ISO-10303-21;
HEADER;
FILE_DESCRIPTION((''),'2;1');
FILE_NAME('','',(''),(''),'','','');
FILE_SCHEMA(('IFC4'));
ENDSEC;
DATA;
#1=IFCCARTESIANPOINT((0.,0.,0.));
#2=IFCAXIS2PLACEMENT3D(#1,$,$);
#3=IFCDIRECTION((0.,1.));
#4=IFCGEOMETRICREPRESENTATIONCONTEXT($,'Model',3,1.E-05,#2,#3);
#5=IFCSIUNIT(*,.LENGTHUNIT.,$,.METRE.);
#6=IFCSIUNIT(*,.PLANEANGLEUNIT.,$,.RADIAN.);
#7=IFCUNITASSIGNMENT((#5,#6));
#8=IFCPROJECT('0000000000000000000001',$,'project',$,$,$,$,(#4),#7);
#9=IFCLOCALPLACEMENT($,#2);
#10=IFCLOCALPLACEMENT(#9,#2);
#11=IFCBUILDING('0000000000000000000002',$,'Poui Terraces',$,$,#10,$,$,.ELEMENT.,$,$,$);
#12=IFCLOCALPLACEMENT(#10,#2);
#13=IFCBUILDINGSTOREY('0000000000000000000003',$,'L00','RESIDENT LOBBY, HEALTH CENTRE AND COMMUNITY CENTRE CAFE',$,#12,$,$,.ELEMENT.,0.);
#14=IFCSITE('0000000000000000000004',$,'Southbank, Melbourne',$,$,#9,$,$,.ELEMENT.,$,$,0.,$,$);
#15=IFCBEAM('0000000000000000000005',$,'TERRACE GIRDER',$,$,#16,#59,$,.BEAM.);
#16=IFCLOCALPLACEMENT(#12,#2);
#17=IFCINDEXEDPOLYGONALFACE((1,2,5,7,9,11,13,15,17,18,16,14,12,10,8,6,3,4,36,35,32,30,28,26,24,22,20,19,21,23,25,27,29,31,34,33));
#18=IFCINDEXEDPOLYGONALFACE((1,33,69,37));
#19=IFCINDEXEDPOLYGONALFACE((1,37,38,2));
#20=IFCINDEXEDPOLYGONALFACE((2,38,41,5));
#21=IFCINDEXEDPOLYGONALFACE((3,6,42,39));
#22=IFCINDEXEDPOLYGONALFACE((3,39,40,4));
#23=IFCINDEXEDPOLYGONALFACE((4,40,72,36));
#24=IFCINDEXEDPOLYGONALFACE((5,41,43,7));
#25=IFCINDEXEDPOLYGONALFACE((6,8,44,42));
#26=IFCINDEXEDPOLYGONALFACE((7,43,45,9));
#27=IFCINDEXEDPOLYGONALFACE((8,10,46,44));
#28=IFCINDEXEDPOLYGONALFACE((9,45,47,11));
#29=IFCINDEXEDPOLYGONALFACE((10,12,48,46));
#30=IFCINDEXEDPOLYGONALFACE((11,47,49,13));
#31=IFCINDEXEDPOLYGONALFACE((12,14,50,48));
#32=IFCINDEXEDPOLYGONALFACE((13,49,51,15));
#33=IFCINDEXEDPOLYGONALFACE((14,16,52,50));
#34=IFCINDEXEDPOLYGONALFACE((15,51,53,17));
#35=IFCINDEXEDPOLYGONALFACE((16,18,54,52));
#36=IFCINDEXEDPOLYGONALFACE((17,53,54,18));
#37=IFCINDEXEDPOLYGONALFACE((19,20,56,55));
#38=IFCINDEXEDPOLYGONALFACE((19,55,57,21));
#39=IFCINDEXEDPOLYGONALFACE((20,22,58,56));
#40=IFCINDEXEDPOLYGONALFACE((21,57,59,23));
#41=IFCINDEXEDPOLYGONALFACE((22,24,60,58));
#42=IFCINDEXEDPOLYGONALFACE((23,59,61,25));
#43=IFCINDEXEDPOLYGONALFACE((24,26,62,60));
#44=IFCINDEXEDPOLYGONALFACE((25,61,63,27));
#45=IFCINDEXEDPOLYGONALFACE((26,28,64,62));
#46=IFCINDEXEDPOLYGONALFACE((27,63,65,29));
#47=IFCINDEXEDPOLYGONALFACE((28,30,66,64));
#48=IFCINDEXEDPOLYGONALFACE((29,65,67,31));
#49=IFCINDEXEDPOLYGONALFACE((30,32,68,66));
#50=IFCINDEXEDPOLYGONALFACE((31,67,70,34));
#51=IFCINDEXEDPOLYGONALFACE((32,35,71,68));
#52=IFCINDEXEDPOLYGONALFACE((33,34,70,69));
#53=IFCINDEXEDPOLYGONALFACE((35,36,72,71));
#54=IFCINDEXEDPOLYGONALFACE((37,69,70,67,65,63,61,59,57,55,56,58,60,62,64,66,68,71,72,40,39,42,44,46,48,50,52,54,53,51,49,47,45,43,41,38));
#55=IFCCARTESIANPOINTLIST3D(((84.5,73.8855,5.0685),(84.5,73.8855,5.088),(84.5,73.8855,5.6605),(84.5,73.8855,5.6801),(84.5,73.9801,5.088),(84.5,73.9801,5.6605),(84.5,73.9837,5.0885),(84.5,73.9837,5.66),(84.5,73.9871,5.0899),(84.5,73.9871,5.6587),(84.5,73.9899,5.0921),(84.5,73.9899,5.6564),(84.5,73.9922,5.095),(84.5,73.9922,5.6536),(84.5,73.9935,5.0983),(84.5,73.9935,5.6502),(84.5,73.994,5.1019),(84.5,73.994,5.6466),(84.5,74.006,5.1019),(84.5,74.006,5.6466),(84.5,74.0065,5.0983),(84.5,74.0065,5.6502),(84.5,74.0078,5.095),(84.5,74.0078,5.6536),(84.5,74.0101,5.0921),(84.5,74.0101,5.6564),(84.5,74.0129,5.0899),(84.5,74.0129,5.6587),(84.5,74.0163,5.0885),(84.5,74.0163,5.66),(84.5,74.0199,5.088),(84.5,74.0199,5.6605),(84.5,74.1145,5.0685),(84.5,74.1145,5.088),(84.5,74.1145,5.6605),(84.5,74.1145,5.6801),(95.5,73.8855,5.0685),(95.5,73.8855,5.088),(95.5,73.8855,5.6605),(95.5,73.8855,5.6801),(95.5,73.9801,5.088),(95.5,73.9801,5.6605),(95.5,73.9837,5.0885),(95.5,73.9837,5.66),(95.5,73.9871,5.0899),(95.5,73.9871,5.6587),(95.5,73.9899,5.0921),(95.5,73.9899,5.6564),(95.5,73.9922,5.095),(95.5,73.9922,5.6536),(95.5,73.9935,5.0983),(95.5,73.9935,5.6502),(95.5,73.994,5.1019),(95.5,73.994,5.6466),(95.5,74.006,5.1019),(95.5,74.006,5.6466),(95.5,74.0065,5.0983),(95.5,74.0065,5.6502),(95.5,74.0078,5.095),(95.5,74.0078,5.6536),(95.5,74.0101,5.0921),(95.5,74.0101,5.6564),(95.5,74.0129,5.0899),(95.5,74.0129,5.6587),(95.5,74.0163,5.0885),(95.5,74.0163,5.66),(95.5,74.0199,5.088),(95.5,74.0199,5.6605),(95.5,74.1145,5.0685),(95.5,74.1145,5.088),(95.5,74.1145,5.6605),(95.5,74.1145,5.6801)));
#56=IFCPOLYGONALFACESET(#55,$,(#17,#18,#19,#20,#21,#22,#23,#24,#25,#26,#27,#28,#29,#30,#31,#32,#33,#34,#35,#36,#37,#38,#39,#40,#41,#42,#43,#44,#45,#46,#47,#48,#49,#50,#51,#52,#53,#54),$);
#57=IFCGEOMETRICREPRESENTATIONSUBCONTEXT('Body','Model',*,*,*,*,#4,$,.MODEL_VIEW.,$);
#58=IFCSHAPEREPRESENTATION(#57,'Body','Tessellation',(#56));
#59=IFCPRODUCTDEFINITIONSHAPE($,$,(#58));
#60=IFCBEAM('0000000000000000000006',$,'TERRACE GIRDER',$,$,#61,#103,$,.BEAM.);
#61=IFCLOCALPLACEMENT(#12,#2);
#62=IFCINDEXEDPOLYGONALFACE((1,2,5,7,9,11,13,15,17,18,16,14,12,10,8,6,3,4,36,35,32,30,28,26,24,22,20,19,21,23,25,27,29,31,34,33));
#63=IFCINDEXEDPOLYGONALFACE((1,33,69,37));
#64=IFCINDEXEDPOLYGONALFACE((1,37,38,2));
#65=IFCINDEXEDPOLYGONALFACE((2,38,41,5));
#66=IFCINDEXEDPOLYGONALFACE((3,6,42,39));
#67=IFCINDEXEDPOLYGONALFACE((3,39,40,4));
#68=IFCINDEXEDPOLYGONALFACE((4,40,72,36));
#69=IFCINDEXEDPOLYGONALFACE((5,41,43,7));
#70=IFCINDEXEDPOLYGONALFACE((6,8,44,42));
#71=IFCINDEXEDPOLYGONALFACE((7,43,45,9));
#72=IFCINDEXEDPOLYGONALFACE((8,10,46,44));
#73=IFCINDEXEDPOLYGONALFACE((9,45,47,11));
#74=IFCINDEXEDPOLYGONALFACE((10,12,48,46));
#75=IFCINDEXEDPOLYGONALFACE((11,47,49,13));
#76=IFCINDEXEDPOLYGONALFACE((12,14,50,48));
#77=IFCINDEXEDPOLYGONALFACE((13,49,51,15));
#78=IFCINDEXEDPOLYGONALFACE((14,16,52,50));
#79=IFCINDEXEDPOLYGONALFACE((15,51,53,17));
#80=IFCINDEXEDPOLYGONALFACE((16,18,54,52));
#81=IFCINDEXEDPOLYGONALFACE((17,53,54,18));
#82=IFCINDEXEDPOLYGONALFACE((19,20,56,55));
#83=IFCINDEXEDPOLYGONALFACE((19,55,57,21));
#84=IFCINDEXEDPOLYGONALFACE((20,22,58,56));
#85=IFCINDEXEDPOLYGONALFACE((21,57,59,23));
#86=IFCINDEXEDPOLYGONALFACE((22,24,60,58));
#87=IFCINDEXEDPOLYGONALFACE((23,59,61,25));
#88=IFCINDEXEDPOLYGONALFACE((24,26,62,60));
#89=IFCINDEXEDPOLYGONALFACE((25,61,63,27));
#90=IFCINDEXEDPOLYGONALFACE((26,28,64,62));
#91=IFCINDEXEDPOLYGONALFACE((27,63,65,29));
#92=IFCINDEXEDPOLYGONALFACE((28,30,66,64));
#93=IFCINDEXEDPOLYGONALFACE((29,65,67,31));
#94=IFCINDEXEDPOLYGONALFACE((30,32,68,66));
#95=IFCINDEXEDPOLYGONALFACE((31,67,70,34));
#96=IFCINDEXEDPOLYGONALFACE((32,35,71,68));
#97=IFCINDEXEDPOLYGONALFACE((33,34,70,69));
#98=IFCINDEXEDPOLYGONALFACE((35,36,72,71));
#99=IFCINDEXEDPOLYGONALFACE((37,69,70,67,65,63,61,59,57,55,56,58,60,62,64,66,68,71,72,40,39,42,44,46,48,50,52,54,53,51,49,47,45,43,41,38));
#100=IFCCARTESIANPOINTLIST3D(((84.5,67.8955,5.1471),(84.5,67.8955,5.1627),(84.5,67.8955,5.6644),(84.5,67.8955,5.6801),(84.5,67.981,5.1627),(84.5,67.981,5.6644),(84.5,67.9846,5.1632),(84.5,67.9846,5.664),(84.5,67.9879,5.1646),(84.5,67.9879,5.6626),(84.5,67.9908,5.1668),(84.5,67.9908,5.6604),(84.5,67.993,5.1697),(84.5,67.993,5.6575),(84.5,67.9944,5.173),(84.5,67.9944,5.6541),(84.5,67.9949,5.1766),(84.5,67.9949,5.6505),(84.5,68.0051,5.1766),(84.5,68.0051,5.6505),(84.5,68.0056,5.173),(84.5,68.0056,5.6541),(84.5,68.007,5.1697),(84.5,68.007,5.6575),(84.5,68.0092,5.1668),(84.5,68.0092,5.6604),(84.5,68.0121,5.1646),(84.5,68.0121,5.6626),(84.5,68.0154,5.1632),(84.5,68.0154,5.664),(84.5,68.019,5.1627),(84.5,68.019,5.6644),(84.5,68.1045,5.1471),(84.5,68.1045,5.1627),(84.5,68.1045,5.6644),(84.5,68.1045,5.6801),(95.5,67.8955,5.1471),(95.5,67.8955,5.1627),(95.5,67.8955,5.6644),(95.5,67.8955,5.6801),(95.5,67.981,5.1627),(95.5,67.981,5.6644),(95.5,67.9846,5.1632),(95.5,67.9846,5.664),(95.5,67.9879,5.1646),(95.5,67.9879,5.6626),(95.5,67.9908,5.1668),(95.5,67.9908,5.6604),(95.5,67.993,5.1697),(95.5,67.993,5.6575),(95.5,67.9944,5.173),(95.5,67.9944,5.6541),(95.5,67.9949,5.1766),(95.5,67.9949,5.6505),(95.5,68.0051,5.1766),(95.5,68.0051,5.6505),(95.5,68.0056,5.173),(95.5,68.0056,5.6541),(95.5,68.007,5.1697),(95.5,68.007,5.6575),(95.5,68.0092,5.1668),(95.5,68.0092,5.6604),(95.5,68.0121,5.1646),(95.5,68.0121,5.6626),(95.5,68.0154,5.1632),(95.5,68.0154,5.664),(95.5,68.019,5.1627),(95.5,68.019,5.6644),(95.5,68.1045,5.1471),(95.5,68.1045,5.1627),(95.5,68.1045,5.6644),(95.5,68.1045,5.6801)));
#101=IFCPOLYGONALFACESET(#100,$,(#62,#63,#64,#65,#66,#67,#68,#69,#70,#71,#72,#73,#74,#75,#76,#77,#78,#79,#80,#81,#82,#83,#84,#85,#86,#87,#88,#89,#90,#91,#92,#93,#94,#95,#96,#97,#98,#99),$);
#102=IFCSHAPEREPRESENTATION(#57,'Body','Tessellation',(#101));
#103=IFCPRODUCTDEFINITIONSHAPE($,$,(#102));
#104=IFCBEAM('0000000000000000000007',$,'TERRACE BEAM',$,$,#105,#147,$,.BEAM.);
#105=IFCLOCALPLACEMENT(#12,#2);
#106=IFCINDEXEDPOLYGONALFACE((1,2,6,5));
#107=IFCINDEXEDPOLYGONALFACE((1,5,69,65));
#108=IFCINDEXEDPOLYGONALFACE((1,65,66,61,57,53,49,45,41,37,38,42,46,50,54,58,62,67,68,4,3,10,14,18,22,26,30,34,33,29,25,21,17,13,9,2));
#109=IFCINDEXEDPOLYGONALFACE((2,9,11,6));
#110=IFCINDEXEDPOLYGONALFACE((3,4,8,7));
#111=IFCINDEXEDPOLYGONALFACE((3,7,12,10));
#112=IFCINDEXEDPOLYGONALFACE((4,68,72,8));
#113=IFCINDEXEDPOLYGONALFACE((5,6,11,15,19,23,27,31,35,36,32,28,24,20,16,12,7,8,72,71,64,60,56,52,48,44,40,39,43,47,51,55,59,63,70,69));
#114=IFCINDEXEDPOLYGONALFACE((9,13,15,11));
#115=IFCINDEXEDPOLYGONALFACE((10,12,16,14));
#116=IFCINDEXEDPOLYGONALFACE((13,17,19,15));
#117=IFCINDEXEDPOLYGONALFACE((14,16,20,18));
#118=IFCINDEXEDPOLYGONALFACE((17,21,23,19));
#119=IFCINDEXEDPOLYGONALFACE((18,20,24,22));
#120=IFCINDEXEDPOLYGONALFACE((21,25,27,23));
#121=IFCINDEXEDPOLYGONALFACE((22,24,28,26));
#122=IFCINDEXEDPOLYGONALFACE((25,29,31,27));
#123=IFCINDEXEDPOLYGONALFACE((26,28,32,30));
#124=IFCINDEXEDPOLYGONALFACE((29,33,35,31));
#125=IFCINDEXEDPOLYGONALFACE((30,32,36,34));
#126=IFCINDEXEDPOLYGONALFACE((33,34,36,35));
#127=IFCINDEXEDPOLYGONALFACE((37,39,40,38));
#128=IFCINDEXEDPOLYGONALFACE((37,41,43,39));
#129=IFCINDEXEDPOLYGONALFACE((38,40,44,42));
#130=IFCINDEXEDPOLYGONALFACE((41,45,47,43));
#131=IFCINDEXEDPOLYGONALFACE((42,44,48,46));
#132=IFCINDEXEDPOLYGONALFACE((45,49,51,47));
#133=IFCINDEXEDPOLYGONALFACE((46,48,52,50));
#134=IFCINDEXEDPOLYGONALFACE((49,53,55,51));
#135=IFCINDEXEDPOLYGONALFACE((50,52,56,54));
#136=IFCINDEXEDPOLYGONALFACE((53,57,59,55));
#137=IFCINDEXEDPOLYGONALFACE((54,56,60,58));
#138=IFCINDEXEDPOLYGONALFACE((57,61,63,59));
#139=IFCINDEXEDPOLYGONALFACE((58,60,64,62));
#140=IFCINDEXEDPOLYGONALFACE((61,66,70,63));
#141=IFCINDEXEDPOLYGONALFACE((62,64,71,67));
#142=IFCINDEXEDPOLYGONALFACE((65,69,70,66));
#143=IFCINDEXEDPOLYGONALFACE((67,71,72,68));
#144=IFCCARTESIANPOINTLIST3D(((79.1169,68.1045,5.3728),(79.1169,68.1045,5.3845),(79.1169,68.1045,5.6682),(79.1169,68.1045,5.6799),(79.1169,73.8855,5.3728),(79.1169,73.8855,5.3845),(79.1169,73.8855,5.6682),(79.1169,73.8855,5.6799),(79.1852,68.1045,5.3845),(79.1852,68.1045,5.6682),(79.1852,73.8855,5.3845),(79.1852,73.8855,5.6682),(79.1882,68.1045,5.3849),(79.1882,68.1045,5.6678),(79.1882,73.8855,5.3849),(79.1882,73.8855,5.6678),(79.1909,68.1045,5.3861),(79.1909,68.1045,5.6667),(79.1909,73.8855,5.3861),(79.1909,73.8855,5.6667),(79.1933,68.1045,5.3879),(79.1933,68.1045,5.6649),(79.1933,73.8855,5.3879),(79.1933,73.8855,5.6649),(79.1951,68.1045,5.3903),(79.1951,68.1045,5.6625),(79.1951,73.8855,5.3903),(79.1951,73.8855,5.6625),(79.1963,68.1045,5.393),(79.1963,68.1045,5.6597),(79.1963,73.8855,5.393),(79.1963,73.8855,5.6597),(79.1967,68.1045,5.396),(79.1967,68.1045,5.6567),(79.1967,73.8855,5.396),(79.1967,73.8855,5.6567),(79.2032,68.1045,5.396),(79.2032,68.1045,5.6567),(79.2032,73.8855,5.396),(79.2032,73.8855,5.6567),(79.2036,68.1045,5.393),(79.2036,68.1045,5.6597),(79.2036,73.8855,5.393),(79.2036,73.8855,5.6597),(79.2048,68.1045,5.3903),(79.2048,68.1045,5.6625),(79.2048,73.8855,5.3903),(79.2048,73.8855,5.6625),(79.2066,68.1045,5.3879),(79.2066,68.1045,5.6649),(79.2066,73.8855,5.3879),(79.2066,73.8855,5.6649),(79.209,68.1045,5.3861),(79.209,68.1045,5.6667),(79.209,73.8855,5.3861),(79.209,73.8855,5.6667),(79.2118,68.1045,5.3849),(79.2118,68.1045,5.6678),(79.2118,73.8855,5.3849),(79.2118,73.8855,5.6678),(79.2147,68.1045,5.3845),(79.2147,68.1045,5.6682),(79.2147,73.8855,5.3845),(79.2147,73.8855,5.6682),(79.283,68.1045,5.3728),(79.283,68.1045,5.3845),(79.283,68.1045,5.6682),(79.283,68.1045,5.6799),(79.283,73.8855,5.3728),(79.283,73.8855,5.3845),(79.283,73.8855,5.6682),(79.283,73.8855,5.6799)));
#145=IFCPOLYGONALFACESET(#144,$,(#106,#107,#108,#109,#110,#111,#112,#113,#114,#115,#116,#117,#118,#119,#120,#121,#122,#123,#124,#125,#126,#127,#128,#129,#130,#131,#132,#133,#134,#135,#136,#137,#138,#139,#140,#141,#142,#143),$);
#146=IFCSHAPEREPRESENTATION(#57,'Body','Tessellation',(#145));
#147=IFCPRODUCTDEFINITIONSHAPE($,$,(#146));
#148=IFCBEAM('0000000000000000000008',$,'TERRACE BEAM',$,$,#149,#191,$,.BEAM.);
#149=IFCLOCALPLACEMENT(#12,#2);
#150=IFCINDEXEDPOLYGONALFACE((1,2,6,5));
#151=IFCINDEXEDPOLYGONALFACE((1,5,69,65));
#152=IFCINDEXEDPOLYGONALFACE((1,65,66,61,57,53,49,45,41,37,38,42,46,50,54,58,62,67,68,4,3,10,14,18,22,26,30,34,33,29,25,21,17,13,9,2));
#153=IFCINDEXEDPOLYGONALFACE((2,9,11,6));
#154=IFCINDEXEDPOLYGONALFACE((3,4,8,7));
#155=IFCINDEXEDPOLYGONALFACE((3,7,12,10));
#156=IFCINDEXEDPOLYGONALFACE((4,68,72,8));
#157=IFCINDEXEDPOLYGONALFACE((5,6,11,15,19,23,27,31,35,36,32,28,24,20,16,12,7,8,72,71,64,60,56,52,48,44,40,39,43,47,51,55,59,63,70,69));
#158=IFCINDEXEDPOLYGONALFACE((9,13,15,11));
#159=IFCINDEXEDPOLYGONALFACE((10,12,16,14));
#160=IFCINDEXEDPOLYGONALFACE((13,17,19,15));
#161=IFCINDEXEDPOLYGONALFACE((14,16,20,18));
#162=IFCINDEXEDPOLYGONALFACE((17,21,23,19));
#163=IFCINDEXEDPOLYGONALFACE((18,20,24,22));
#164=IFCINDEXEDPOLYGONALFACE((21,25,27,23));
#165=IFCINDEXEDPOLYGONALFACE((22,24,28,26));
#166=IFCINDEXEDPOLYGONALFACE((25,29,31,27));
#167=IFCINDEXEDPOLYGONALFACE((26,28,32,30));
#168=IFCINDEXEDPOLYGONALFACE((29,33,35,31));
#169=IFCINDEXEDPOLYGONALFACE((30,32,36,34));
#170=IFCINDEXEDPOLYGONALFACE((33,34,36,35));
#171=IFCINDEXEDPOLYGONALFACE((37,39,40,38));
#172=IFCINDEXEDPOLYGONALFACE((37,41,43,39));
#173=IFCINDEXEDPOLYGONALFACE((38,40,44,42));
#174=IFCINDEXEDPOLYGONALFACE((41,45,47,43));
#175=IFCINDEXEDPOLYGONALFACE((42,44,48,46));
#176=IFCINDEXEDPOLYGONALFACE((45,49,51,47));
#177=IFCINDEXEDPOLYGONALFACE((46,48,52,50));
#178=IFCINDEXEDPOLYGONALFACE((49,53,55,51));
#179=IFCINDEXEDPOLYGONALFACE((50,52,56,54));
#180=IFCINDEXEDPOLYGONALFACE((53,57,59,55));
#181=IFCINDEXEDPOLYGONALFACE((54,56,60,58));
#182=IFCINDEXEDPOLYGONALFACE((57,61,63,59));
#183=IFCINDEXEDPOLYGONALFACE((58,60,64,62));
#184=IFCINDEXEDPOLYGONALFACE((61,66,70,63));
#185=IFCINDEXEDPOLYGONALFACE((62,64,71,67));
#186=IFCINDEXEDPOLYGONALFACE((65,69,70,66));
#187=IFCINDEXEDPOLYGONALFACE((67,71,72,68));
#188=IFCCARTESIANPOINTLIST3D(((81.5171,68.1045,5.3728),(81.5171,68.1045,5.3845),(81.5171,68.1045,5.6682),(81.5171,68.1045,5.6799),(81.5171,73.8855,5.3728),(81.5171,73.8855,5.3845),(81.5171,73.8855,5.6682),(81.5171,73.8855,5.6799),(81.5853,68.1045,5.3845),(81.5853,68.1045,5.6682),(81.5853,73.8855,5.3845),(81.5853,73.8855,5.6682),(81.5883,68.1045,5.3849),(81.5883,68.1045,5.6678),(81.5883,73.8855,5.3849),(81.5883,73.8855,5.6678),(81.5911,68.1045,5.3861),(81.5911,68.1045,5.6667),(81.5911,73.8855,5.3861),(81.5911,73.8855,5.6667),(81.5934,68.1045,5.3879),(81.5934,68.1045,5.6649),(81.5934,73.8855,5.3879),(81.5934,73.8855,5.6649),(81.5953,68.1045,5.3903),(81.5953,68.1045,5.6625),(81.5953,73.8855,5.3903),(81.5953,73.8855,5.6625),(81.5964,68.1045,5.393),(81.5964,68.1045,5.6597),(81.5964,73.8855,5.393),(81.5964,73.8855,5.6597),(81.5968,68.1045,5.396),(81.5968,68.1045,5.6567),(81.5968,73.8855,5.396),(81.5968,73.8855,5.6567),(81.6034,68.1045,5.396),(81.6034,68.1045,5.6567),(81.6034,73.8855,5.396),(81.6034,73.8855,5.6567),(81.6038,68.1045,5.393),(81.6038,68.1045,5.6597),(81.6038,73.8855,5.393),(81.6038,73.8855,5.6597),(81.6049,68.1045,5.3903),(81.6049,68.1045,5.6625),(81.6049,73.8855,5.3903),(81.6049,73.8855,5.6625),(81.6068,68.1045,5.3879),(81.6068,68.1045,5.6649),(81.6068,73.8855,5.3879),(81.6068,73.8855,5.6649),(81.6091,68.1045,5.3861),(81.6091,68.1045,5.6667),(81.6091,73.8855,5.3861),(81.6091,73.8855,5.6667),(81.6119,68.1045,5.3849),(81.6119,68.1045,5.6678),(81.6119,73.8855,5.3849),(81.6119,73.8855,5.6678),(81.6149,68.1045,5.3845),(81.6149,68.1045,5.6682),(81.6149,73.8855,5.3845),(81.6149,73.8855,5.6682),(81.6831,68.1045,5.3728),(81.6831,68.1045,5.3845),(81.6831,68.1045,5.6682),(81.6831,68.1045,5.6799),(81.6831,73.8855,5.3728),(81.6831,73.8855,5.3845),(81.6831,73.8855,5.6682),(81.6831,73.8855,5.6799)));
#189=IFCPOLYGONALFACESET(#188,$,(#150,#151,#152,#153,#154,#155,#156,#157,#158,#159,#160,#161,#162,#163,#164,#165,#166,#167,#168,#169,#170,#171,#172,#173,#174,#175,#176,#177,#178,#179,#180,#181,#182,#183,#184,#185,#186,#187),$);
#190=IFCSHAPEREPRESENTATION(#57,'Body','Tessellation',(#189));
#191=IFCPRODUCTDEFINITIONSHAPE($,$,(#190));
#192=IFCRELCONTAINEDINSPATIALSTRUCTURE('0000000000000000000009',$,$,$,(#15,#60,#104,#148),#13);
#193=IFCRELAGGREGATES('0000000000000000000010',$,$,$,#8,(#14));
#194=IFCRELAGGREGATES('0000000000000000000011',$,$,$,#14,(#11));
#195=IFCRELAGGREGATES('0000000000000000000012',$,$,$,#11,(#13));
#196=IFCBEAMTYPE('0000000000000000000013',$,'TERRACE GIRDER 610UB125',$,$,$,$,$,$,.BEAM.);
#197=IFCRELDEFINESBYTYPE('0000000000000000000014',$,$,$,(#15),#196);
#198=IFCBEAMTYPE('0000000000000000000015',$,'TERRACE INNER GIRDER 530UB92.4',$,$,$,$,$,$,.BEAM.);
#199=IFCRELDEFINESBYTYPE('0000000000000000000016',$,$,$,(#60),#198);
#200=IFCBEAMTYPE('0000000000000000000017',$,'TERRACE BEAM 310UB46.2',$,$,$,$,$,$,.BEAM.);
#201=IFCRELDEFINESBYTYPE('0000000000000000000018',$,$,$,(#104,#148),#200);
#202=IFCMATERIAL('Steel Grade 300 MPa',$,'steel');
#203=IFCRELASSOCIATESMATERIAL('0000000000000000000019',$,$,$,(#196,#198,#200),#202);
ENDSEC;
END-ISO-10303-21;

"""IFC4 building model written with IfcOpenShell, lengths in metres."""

from ifc_helpers import new_model, si_unit, direction, frame, origin, origin_2d, place, context, subcontext, project, spatial, i_section, extrude, source, transform, mapped, material, material_profile, profile_set, type_object, element, save


model = new_model("IFC4")

# Units and contexts
model_context = context("Model", 3, precision=1e-05, world=origin(), true_north=direction((0.0, 1.0)))
body_context = subcontext(model_context, "Body", "Model", "MODEL_VIEW")
ifc_project = project(units=[si_unit("LENGTHUNIT", "METRE"), si_unit("PLANEANGLEUNIT", "RADIAN")], contexts=[model_context])

# Site, building, storey
site_placement = place(None, origin())
site = spatial("IfcSite", under=ifc_project, at=site_placement, Name="Southbank, Melbourne", CompositionType="ELEMENT", RefElevation=0.0)
building_placement = place(site_placement, origin())
building = spatial("IfcBuilding", under=site, at=building_placement, Name="Poui Terraces", CompositionType="ELEMENT")
storey_placement = place(building_placement, origin())
storey = spatial("IfcBuildingStorey", under=building, at=storey_placement, Name="L00", Description="RESIDENT LOBBY, HEALTH CENTRE AND COMMUNITY CENTRE CAFE", CompositionType="ELEMENT", Elevation=0.0)

# Beams
ifc_material_1 = material(Name="Steel Grade 300 MPa", Category="steel")
ifc_material_profile_1 = material_profile(ifc_material_1, i_section(OverallWidth=0.229, OverallDepth=0.6116, WebThickness=0.012, FlangeThickness=0.0195, FilletRadius=0.0139, at=origin_2d()), Name="610UB125")
ifc_profile_set_1 = profile_set([ifc_material_profile_1], Name="Steel Grade 300 MPa")
beam_type_1 = type_object("IfcBeamType", Name="TERRACE GIRDER 610UB125", PredefinedType="BEAM", material=ifc_profile_set_1)
shared_shape_1 = source(origin(), body_context, "Body", "SweptSolid", [
    extrude(i_section(OverallWidth=0.229, OverallDepth=0.6116, WebThickness=0.012, FlangeThickness=0.0195, FilletRadius=0.0139, at=origin_2d()), origin(), (0.0, 0.0, 1.0), 11.0),
])
beam_1_placement = place(storey_placement, frame((84.5, 74.0, 5.3743), z_axis=(1.0, 0.0, 0.0), x_axis=(0.0, 1.0, 0.0)))
element("IfcBeam", 1, at=beam_1_placement, inside=storey, type_object=beam_type_1, Name="TERRACE GIRDER", PredefinedType="BEAM", context=body_context, shape_type="MappedRepresentation", body=[
    mapped(shared_shape_1, transform((0.0, 0.0, 0.0))),
])
ifc_material_profile_2 = material_profile(ifc_material_1, i_section(OverallWidth=0.209, OverallDepth=0.533, WebThickness=0.0103, FlangeThickness=0.0156, FilletRadius=0.0139, at=origin_2d()), Name="530UB92.4")
ifc_profile_set_2 = profile_set([ifc_material_profile_2], Name="Steel Grade 300 MPa")
beam_type_2 = type_object("IfcBeamType", Name="TERRACE INNER GIRDER 530UB92.4", PredefinedType="BEAM", material=ifc_profile_set_2)
shared_shape_2 = source(origin(), body_context, "Body", "SweptSolid", [
    extrude(i_section(OverallWidth=0.209, OverallDepth=0.533, WebThickness=0.0103, FlangeThickness=0.0156, FilletRadius=0.0139, at=origin_2d()), origin(), (0.0, 0.0, 1.0), 11.0),
])
beam_2_placement = place(storey_placement, frame((84.5, 68.0, 5.4136), z_axis=(1.0, 0.0, 0.0), x_axis=(0.0, 1.0, 0.0)))
element("IfcBeam", 2, at=beam_2_placement, inside=storey, type_object=beam_type_2, Name="TERRACE GIRDER", PredefinedType="BEAM", context=body_context, shape_type="MappedRepresentation", body=[
    mapped(shared_shape_2, transform((0.0, 0.0, 0.0))),
])
ifc_material_profile_3 = material_profile(ifc_material_1, i_section(OverallWidth=0.166, OverallDepth=0.3071, WebThickness=0.0066, FlangeThickness=0.0117, FilletRadius=0.0115, at=origin_2d()), Name="310UB46.2")
ifc_profile_set_3 = profile_set([ifc_material_profile_3], Name="Steel Grade 300 MPa")
beam_type_3 = type_object("IfcBeamType", Name="TERRACE BEAM 310UB46.2", PredefinedType="BEAM", material=ifc_profile_set_3)
shared_shape_3 = source(origin(), body_context, "Body", "SweptSolid", [
    extrude(i_section(OverallWidth=0.166, OverallDepth=0.3071, WebThickness=0.0066, FlangeThickness=0.0117, FilletRadius=0.0115, at=origin_2d()), origin(), (0.0, 0.0, 1.0), 5.781),
])
for number, where, z_axis, x_axis, name in (
    (3, (79.2, 68.1045, 5.5264), (0.0, 1.0, 0.0), (-1.0, 0.0, 0.0), "TERRACE BEAM"),
    (4, (81.6001, 68.1045, 5.5264), (0.0, 1.0, 0.0), (-1.0, 0.0, 0.0), "TERRACE BEAM"),
):
    element("IfcBeam", number, at=place(storey_placement, frame(where, z_axis=z_axis, x_axis=x_axis)), inside=storey, type_object=beam_type_3, Name=name, PredefinedType="BEAM", context=body_context, shape_type="MappedRepresentation", body=[
        mapped(shared_shape_3, transform((0.0, 0.0, 0.0))),
    ])

save(model, "model.ifc")
